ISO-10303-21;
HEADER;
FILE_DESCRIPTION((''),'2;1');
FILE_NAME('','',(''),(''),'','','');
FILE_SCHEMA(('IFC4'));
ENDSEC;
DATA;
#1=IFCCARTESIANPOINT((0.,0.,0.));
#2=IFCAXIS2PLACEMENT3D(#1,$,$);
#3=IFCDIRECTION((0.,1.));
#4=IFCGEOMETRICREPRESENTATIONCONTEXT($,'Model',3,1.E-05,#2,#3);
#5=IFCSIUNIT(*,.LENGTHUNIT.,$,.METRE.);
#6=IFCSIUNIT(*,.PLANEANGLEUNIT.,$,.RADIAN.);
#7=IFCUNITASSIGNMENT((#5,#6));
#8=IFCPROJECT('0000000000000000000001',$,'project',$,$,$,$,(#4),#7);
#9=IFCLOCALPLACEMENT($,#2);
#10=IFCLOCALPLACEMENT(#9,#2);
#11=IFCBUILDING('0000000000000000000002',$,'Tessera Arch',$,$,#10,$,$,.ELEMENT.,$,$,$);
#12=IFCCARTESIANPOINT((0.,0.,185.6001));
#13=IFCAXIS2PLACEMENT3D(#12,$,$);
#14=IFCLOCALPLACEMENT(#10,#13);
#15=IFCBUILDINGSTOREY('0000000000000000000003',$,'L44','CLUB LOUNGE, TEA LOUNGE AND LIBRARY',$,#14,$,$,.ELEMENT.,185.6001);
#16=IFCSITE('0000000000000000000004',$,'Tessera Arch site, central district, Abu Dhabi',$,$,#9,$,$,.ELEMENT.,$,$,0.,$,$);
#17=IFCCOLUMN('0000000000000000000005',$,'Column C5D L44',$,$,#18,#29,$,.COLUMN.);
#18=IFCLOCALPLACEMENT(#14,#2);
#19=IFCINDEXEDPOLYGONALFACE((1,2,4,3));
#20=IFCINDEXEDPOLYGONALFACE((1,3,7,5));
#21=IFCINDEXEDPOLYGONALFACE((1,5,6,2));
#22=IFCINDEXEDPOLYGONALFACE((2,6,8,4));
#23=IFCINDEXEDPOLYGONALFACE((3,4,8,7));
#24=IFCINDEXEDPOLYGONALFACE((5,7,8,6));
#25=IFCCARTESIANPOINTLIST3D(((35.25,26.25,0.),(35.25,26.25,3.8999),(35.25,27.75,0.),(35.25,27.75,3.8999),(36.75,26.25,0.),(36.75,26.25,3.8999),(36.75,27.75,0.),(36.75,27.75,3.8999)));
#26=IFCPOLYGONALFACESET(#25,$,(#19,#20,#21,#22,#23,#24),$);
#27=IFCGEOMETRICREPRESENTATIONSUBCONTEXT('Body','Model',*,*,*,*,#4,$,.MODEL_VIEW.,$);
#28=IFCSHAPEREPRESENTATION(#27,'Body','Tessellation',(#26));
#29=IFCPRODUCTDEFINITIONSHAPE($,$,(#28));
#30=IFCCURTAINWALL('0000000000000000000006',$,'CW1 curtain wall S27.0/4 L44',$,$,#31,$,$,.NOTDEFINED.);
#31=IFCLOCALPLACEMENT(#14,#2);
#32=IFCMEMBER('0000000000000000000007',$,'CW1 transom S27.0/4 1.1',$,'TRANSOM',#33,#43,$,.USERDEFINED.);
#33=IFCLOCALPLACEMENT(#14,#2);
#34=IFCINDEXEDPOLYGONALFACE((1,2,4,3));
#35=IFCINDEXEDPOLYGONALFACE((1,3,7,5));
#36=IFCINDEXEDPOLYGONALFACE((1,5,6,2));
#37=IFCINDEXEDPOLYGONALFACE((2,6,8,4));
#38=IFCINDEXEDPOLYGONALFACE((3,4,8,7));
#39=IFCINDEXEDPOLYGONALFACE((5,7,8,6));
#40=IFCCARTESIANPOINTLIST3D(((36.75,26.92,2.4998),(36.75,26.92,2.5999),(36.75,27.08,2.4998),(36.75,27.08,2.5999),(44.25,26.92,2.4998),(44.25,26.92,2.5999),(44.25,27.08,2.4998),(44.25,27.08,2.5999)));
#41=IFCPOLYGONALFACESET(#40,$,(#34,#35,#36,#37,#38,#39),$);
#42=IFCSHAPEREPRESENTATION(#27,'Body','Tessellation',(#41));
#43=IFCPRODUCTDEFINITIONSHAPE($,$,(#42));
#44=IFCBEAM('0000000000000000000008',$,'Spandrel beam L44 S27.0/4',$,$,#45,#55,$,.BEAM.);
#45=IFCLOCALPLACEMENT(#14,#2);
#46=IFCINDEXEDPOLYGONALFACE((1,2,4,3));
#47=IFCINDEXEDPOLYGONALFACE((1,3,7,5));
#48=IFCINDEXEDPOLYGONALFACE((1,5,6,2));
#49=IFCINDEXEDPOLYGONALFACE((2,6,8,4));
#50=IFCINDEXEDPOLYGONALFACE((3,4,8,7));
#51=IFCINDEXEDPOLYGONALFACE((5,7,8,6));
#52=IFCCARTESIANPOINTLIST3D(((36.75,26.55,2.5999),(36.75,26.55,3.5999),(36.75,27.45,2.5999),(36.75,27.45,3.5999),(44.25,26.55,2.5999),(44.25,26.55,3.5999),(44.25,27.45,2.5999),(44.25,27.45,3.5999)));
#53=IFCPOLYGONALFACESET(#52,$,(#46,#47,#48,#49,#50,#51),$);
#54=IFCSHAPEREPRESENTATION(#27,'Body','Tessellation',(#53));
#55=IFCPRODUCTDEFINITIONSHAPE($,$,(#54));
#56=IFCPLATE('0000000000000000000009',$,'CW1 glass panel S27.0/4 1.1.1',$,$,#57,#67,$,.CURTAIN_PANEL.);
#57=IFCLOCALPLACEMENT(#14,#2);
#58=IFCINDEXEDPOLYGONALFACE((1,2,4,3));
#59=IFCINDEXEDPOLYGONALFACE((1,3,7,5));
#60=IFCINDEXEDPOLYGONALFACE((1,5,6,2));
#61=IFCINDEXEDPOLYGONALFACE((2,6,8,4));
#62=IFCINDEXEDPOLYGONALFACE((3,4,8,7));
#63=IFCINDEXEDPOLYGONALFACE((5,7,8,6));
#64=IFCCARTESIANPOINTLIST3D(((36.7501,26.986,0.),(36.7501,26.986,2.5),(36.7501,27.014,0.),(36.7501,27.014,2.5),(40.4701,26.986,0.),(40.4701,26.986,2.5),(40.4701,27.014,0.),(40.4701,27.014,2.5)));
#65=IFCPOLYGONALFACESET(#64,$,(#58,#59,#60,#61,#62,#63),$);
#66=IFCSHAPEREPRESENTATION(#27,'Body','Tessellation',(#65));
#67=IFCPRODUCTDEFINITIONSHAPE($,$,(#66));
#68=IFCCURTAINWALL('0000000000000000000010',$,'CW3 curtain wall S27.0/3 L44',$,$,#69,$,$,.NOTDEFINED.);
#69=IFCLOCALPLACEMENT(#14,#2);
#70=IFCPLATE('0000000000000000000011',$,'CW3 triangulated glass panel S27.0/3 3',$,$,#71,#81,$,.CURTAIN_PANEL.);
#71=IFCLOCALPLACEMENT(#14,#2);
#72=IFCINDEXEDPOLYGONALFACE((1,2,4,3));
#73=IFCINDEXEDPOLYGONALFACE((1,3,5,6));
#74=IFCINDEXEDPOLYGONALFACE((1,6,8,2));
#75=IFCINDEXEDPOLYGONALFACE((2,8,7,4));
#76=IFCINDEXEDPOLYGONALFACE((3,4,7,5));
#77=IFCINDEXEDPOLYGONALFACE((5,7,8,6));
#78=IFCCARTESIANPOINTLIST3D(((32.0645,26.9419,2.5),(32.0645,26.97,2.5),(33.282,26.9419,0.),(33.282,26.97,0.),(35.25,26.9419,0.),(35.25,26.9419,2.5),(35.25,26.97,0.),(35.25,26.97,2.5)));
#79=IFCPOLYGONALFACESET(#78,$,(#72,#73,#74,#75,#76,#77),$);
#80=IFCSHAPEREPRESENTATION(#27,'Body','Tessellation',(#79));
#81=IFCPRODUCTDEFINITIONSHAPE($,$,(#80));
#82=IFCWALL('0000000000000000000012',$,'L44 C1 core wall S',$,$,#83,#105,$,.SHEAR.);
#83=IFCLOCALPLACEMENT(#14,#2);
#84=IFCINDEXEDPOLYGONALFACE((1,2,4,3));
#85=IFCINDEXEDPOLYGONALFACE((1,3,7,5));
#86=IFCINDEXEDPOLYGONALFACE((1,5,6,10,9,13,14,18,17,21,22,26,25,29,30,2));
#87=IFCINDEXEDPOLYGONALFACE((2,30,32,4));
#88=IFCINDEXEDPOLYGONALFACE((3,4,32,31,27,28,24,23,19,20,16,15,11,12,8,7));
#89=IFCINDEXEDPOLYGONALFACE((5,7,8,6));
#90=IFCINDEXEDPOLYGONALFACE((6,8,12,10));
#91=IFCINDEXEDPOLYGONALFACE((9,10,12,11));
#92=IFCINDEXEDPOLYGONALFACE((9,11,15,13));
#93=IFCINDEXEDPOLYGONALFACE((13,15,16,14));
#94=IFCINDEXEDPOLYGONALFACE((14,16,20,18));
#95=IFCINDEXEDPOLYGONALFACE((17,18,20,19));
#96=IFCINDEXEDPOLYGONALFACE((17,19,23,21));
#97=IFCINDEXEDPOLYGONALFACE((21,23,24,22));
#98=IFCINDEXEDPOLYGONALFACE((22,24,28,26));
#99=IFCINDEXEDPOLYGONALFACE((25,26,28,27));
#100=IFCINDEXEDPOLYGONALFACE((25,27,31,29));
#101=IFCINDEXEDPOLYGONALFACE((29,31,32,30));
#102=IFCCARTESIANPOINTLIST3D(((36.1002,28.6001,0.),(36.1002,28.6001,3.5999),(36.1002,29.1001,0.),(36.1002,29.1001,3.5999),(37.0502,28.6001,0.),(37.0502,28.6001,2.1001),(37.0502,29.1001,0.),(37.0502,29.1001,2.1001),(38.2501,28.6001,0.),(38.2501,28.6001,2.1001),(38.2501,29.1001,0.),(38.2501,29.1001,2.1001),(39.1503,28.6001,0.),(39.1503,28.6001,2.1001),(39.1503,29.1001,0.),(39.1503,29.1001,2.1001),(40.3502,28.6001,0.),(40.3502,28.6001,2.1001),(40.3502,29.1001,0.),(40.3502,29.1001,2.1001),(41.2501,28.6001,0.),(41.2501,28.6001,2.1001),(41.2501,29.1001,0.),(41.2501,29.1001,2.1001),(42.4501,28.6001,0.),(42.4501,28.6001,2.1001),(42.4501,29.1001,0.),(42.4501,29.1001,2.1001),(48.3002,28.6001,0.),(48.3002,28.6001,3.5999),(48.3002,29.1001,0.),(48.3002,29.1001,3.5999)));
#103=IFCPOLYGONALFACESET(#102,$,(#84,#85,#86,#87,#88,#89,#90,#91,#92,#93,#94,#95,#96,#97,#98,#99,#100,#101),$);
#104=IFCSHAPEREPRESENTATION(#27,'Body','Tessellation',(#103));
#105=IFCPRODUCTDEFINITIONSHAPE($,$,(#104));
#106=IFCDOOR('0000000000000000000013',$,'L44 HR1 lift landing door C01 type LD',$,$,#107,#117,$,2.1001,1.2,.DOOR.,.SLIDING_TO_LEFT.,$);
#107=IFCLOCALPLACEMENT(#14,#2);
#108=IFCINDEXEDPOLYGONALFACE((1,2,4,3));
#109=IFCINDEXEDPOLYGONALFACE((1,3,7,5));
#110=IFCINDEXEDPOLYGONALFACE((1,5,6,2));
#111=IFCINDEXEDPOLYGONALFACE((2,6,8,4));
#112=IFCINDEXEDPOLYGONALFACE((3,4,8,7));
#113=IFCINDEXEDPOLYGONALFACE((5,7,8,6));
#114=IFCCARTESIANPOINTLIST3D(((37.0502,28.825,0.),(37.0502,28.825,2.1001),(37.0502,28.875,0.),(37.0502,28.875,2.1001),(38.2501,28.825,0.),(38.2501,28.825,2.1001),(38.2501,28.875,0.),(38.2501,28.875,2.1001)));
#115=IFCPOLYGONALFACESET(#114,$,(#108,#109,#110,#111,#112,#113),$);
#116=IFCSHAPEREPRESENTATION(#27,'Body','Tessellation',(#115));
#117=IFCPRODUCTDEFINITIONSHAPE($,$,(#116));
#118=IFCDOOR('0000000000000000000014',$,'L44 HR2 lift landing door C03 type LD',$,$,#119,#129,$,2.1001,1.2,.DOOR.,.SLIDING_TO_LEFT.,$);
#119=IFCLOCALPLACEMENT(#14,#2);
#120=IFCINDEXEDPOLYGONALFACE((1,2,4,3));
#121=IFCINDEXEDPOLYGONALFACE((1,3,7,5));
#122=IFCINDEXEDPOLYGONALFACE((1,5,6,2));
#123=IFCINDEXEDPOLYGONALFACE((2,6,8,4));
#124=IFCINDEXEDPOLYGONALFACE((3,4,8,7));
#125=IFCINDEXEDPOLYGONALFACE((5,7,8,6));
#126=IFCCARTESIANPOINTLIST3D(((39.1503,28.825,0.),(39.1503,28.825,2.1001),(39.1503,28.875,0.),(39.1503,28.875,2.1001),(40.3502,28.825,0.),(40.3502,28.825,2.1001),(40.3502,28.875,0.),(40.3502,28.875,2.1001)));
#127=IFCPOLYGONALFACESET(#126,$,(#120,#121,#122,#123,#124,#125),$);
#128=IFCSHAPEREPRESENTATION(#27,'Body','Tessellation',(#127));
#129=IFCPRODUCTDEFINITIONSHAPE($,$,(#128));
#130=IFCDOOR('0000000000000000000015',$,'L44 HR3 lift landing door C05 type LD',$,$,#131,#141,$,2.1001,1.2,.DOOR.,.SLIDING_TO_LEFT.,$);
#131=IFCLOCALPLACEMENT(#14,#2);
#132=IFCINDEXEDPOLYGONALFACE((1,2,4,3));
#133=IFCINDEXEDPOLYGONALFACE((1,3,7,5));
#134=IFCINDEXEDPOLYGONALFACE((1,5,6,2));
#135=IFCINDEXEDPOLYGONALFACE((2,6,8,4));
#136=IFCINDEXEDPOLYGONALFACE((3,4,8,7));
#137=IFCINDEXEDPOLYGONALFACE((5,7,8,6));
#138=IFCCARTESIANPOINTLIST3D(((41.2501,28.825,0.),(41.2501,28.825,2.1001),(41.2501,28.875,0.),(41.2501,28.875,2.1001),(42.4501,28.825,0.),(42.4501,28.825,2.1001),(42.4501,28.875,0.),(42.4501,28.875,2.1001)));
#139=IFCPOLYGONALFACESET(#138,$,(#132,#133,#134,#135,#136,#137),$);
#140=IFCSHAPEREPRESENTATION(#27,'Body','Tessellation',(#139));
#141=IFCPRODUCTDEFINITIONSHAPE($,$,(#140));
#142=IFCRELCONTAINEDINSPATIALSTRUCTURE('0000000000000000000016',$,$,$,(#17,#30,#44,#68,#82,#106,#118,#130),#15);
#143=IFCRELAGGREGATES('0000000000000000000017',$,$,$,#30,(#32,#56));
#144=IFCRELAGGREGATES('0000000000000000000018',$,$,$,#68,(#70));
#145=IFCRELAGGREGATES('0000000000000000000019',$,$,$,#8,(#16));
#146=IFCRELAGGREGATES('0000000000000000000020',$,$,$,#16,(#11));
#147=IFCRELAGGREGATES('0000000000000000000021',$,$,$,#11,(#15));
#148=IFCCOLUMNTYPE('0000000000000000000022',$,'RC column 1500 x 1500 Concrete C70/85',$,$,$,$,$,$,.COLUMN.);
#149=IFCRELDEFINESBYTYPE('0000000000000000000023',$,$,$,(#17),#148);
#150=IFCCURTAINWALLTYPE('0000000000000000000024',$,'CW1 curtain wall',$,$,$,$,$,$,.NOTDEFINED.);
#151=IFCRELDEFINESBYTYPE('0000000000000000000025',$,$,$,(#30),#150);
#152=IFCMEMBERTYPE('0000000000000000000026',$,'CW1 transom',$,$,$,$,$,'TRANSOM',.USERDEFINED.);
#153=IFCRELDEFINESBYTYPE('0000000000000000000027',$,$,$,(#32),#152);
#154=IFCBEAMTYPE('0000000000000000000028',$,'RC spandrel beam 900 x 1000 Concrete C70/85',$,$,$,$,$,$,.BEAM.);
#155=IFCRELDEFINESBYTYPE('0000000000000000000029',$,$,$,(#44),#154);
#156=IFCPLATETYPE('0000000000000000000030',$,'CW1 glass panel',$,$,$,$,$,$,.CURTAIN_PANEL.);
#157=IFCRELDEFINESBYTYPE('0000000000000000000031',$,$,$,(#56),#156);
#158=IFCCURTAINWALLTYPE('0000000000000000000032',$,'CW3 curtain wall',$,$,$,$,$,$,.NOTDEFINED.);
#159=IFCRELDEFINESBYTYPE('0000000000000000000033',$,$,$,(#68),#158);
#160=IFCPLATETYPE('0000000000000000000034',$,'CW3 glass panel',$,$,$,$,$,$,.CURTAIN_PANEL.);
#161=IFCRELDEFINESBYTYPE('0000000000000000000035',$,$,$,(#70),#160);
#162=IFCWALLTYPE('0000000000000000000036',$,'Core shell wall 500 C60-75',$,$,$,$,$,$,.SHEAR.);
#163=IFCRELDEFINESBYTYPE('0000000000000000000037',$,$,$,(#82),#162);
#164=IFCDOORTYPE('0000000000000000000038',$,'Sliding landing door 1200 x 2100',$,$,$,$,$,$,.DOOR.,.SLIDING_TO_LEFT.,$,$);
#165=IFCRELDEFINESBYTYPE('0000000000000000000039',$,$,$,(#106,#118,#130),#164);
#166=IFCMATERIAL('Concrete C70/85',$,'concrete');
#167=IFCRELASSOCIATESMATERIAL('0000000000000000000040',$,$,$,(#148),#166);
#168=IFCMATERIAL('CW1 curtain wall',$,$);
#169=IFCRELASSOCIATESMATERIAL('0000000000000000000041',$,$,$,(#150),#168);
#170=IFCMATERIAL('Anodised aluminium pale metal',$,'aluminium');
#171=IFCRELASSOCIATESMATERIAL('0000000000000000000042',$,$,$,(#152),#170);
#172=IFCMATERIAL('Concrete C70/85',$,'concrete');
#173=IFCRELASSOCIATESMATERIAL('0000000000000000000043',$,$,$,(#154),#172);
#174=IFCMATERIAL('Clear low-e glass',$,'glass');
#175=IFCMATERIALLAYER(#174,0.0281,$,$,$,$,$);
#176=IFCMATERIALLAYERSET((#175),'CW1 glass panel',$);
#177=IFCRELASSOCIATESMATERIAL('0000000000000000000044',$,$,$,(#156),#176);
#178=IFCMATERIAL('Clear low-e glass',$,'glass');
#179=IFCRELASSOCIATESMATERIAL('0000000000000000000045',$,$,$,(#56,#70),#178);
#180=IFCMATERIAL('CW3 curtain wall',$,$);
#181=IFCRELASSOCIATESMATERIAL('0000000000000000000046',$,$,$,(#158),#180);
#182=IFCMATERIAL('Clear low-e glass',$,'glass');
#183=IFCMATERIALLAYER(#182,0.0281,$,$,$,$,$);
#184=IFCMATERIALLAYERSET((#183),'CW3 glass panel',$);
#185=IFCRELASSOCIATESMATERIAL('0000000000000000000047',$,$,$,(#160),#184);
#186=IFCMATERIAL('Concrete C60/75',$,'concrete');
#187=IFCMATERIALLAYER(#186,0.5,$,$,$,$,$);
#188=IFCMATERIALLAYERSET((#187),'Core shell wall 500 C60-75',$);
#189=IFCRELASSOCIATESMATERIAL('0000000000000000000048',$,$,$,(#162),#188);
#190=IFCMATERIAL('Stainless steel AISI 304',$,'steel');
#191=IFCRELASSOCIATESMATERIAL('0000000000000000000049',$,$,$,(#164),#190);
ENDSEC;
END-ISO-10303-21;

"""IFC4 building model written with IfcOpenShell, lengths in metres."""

from ifc_helpers import new_model, si_unit, direction, frame, frame_2d, origin, origin_2d, place, context, subcontext, project, spatial, polyline, rectangle, outline, extrude, material, layer, layer_set, material_profile, profile_set, type_object, element, fill, aggregate, save


model = new_model("IFC4")

# Units and contexts
model_context = context("Model", 3, precision=1e-05, world=origin(), true_north=direction((0.0, 1.0)))
body_context = subcontext(model_context, "Body", "Model", "MODEL_VIEW")
ifc_project = project(units=[si_unit("LENGTHUNIT", "METRE"), si_unit("PLANEANGLEUNIT", "RADIAN")], contexts=[model_context])

# Site, building, storey
site_placement = place(None, origin())
site = spatial("IfcSite", under=ifc_project, at=site_placement, Name="Tessera Arch site, central district, Abu Dhabi", CompositionType="ELEMENT", RefElevation=0.0)
building_placement = place(site_placement, origin())
building = spatial("IfcBuilding", under=site, at=building_placement, Name="Tessera Arch", CompositionType="ELEMENT")
storey_placement = place(building_placement, frame((0.0, 0.0, 185.6001)))
storey = spatial("IfcBuildingStorey", under=building, at=storey_placement, Name="L44", Description="CLUB LOUNGE, TEA LOUNGE AND LIBRARY", CompositionType="ELEMENT", Elevation=185.6001)

# Column
ifc_material_1 = material(Name="Concrete C70/85", Category="concrete")
ifc_material_profile_1 = material_profile(ifc_material_1, rectangle(XDim=1.5, YDim=1.5, at=origin_2d()), Name="RC column 1500 x 1500 Concrete C70/85")
ifc_profile_set_1 = profile_set([ifc_material_profile_1], Name="Concrete C70/85")
column_type = type_object("IfcColumnType", Name="RC column 1500 x 1500 Concrete C70/85", PredefinedType="COLUMN", material=ifc_profile_set_1)
column_placement = place(storey_placement, frame((36.0, 27.0, 0.0), z_axis=(0.0, 0.0, 1.0), x_axis=(1.0, 0.0, 0.0)))
element("IfcColumn", 1, at=column_placement, inside=storey, type_object=column_type, Name="Column C5D L44", PredefinedType="COLUMN", context=body_context, shape_type="SweptSolid", body=[
    extrude(rectangle(XDim=1.5, YDim=1.5, at=origin_2d()), origin(), (0.0, 0.0, 1.0), 3.8999),
])

# Curtain wall, member
ifc_material_2 = material(Name="CW1 curtain wall")
curtain_wall_type_1 = type_object("IfcCurtainWallType", Name="CW1 curtain wall", PredefinedType="NOTDEFINED", material=ifc_material_2)
curtain_wall_1_placement = place(storey_placement, origin())
curtain_wall_1 = element("IfcCurtainWall", 2, at=curtain_wall_1_placement, inside=storey, type_object=curtain_wall_type_1, Name="CW1 curtain wall S27.0/4 L44", PredefinedType="NOTDEFINED")
ifc_material_3 = material(Name="Anodised aluminium pale metal", Category="aluminium")
ifc_material_profile_2 = material_profile(ifc_material_3, rectangle(XDim=0.1599, YDim=0.1001, at=origin_2d()), Name="AL 160x100")
ifc_profile_set_2 = profile_set([ifc_material_profile_2], Name="Anodised aluminium pale metal")
member_type = type_object("IfcMemberType", Name="CW1 transom", ElementType="TRANSOM", PredefinedType="USERDEFINED", material=ifc_profile_set_2)
member_placement = place(storey_placement, frame((36.75, 27.0, 2.5498), z_axis=(1.0, 0.0, 0.0), x_axis=(0.0, 1.0, 0.0)))
member = element("IfcMember", 3, at=member_placement, type_object=member_type, Name="CW1 transom S27.0/4 1.1", ObjectType="TRANSOM", PredefinedType="USERDEFINED", context=body_context, shape_type="SweptSolid", body=[
    extrude(rectangle(XDim=0.1599, YDim=0.1001, at=origin_2d()), origin(), (0.0, 0.0, 1.0), 7.5),
])

# Beam
ifc_material_4 = material(Name="Concrete C70/85", Category="concrete")
ifc_material_profile_3 = material_profile(ifc_material_4, rectangle(XDim=0.8999, YDim=1.0, at=origin_2d()), Name="RC spandrel beam 900 x 1000 Concrete C70/85")
ifc_profile_set_3 = profile_set([ifc_material_profile_3], Name="Concrete C70/85")
beam_type = type_object("IfcBeamType", Name="RC spandrel beam 900 x 1000 Concrete C70/85", PredefinedType="BEAM", material=ifc_profile_set_3)
beam_placement = place(storey_placement, frame((36.75, 27.0, 3.0999), z_axis=(1.0, 0.0, 0.0), x_axis=(0.0, 1.0, 0.0)))
element("IfcBeam", 4, at=beam_placement, inside=storey, type_object=beam_type, Name="Spandrel beam L44 S27.0/4", PredefinedType="BEAM", context=body_context, shape_type="SweptSolid", body=[
    extrude(rectangle(XDim=0.8999, YDim=1.0, at=origin_2d()), origin(), (0.0, 0.0, 1.0), 7.5),
])

# Plate
ifc_material_5 = material(Name="Clear low-e glass", Category="glass")
ifc_material_6 = material(Name="Clear low-e glass", Category="glass")
ifc_layer_1 = layer(ifc_material_6, 0.0281)
ifc_layer_set_1 = layer_set([ifc_layer_1], Name="CW1 glass panel")
plate_type_1 = type_object("IfcPlateType", Name="CW1 glass panel", PredefinedType="CURTAIN_PANEL", material=ifc_layer_set_1)
plate_1_placement = place(storey_placement, frame((38.6101, 27.0, 0.0), z_axis=(0.0, 0.0, 1.0), x_axis=(1.0, 0.0, 0.0)))
plate_1 = element("IfcPlate", 5, at=plate_1_placement, type_object=plate_type_1, material=ifc_material_5, Name="CW1 glass panel S27.0/4 1.1.1", PredefinedType="CURTAIN_PANEL", context=body_context, shape_type="SweptSolid", body=[
    extrude(rectangle(XDim=3.72, YDim=0.0281, at=origin_2d()), origin(), (0.0, 0.0, 1.0), 2.5),
])
aggregate(curtain_wall_1, [member, plate_1])

# Curtain wall, plate
ifc_material_7 = material(Name="CW3 curtain wall")
curtain_wall_type_2 = type_object("IfcCurtainWallType", Name="CW3 curtain wall", PredefinedType="NOTDEFINED", material=ifc_material_7)
curtain_wall_2_placement = place(storey_placement, origin())
curtain_wall_2 = element("IfcCurtainWall", 6, at=curtain_wall_2_placement, inside=storey, type_object=curtain_wall_type_2, Name="CW3 curtain wall S27.0/3 L44", PredefinedType="NOTDEFINED")
ifc_material_8 = material(Name="Clear low-e glass", Category="glass")
ifc_layer_2 = layer(ifc_material_8, 0.0281)
ifc_layer_set_2 = layer_set([ifc_layer_2], Name="CW3 glass panel")
plate_type_2 = type_object("IfcPlateType", Name="CW3 glass panel", PredefinedType="CURTAIN_PANEL", material=ifc_layer_set_2)
plate_2_placement = place(storey_placement, frame((35.25, 26.9419, 2.5), z_axis=(0.0, -1.0, 0.0), x_axis=(-1.0, 0.0, 0.0)))
plate_2 = element("IfcPlate", 7, at=plate_2_placement, type_object=plate_type_2, material=ifc_material_5, Name="CW3 triangulated glass panel S27.0/3 3", PredefinedType="CURTAIN_PANEL", context=body_context, shape_type="SweptSolid", body=[
    extrude(outline(polyline([(0.0, 0.0), (3.1855, 0.0), (1.968, 2.5), (0.0, 2.5), (0.0, 0.0)])), origin(), (0.0, 0.0, -1.0), 0.0281),
])
aggregate(curtain_wall_2, [plate_2])

# Wall, openings, doors
ifc_material_9 = material(Name="Concrete C60/75", Category="concrete")
ifc_layer_3 = layer(ifc_material_9, 0.5)
ifc_layer_set_3 = layer_set([ifc_layer_3], Name="Core shell wall 500 C60-75")
wall_type_1 = type_object("IfcWallType", Name="Core shell wall 500 C60-75", PredefinedType="SHEAR", material=ifc_layer_set_3)
wall_1_placement = place(storey_placement, frame((36.1001, 28.8501, 0.0), z_axis=(0.0, 0.0, 1.0), x_axis=(1.0, 0.0, 0.0)))
wall_1 = element("IfcWall", 8, at=wall_1_placement, inside=storey, type_object=wall_type_1, Name="L44 C1 core wall S", PredefinedType="SHEAR", context=body_context, shape_type="SweptSolid", body=[
    extrude(rectangle(XDim=12.2, YDim=0.5, at=frame_2d((6.1001, 0.0))), origin(), (0.0, 0.0, 1.0), 3.5999),
])
opening_1_placement = place(wall_1_placement, frame((0.95, 0.0, 0.0)))
opening_1 = element("IfcOpeningElement", 9, at=opening_1_placement, cuts=wall_1, PredefinedType="OPENING", context=body_context, shape_type="SweptSolid", body=[
    extrude(rectangle(XDim=1.2, YDim=2.1001, at=frame_2d((0.6001, 1.05))), frame((0.0, 0.26, 0.0), z_axis=(0.0, -1.0, 0.0), x_axis=(1.0, 0.0, 0.0)), (0.0, 0.0, 1.0), 0.52),
])
opening_2_placement = place(wall_1_placement, frame((3.05, 0.0, 0.0)))
opening_2 = element("IfcOpeningElement", 10, at=opening_2_placement, cuts=wall_1, PredefinedType="OPENING", context=body_context, shape_type="SweptSolid", body=[
    extrude(rectangle(XDim=1.2, YDim=2.1001, at=frame_2d((0.6001, 1.05))), frame((0.0, 0.26, 0.0), z_axis=(0.0, -1.0, 0.0), x_axis=(1.0, 0.0, 0.0)), (0.0, 0.0, 1.0), 0.52),
])
opening_3_placement = place(wall_1_placement, frame((5.1499, 0.0, 0.0)))
opening_3 = element("IfcOpeningElement", 11, at=opening_3_placement, cuts=wall_1, PredefinedType="OPENING", context=body_context, shape_type="SweptSolid", body=[
    extrude(rectangle(XDim=1.2, YDim=2.1001, at=frame_2d((0.6001, 1.05))), frame((0.0, 0.26, 0.0), z_axis=(0.0, -1.0, 0.0), x_axis=(1.0, 0.0, 0.0)), (0.0, 0.0, 1.0), 0.52),
])
ifc_material_10 = material(Name="Stainless steel AISI 304", Category="steel")
door_type_1 = type_object("IfcDoorType", Name="Sliding landing door 1200 x 2100", OperationType="SLIDING_TO_LEFT", PredefinedType="DOOR", material=ifc_material_10)
door_1_placement = place(opening_1_placement, origin())
door_1 = element("IfcDoor", 12, at=door_1_placement, inside=storey, type_object=door_type_1, Name="L44 HR1 lift landing door C01 type LD", OperationType="SLIDING_TO_LEFT", OverallHeight=2.1001, OverallWidth=1.2, PredefinedType="DOOR", context=body_context, shape_type="SweptSolid", body=[
    extrude(rectangle(XDim=1.2, YDim=2.1001, at=frame_2d((0.6001, 1.05))), frame((0.0, 0.0249, 0.0), z_axis=(0.0, -1.0, 0.0), x_axis=(1.0, 0.0, 0.0)), (0.0, 0.0, 1.0), 0.05),
])
fill(opening_1, door_1)
door_2_placement = place(opening_2_placement, origin())
door_2 = element("IfcDoor", 13, at=door_2_placement, inside=storey, type_object=door_type_1, Name="L44 HR2 lift landing door C03 type LD", OperationType="SLIDING_TO_LEFT", OverallHeight=2.1001, OverallWidth=1.2, PredefinedType="DOOR", context=body_context, shape_type="SweptSolid", body=[
    extrude(rectangle(XDim=1.2, YDim=2.1001, at=frame_2d((0.6001, 1.05))), frame((0.0, 0.0249, 0.0), z_axis=(0.0, -1.0, 0.0), x_axis=(1.0, 0.0, 0.0)), (0.0, 0.0, 1.0), 0.05),
])
fill(opening_2, door_2)
door_3_placement = place(opening_3_placement, origin())
door_3 = element("IfcDoor", 14, at=door_3_placement, inside=storey, type_object=door_type_1, Name="L44 HR3 lift landing door C05 type LD", OperationType="SLIDING_TO_LEFT", OverallHeight=2.1001, OverallWidth=1.2, PredefinedType="DOOR", context=body_context, shape_type="SweptSolid", body=[
    extrude(rectangle(XDim=1.2, YDim=2.1001, at=frame_2d((0.6001, 1.05))), frame((0.0, 0.0249, 0.0), z_axis=(0.0, -1.0, 0.0), x_axis=(1.0, 0.0, 0.0)), (0.0, 0.0, 1.0), 0.05),
])
fill(opening_3, door_3)

save(model, "model.ifc")
